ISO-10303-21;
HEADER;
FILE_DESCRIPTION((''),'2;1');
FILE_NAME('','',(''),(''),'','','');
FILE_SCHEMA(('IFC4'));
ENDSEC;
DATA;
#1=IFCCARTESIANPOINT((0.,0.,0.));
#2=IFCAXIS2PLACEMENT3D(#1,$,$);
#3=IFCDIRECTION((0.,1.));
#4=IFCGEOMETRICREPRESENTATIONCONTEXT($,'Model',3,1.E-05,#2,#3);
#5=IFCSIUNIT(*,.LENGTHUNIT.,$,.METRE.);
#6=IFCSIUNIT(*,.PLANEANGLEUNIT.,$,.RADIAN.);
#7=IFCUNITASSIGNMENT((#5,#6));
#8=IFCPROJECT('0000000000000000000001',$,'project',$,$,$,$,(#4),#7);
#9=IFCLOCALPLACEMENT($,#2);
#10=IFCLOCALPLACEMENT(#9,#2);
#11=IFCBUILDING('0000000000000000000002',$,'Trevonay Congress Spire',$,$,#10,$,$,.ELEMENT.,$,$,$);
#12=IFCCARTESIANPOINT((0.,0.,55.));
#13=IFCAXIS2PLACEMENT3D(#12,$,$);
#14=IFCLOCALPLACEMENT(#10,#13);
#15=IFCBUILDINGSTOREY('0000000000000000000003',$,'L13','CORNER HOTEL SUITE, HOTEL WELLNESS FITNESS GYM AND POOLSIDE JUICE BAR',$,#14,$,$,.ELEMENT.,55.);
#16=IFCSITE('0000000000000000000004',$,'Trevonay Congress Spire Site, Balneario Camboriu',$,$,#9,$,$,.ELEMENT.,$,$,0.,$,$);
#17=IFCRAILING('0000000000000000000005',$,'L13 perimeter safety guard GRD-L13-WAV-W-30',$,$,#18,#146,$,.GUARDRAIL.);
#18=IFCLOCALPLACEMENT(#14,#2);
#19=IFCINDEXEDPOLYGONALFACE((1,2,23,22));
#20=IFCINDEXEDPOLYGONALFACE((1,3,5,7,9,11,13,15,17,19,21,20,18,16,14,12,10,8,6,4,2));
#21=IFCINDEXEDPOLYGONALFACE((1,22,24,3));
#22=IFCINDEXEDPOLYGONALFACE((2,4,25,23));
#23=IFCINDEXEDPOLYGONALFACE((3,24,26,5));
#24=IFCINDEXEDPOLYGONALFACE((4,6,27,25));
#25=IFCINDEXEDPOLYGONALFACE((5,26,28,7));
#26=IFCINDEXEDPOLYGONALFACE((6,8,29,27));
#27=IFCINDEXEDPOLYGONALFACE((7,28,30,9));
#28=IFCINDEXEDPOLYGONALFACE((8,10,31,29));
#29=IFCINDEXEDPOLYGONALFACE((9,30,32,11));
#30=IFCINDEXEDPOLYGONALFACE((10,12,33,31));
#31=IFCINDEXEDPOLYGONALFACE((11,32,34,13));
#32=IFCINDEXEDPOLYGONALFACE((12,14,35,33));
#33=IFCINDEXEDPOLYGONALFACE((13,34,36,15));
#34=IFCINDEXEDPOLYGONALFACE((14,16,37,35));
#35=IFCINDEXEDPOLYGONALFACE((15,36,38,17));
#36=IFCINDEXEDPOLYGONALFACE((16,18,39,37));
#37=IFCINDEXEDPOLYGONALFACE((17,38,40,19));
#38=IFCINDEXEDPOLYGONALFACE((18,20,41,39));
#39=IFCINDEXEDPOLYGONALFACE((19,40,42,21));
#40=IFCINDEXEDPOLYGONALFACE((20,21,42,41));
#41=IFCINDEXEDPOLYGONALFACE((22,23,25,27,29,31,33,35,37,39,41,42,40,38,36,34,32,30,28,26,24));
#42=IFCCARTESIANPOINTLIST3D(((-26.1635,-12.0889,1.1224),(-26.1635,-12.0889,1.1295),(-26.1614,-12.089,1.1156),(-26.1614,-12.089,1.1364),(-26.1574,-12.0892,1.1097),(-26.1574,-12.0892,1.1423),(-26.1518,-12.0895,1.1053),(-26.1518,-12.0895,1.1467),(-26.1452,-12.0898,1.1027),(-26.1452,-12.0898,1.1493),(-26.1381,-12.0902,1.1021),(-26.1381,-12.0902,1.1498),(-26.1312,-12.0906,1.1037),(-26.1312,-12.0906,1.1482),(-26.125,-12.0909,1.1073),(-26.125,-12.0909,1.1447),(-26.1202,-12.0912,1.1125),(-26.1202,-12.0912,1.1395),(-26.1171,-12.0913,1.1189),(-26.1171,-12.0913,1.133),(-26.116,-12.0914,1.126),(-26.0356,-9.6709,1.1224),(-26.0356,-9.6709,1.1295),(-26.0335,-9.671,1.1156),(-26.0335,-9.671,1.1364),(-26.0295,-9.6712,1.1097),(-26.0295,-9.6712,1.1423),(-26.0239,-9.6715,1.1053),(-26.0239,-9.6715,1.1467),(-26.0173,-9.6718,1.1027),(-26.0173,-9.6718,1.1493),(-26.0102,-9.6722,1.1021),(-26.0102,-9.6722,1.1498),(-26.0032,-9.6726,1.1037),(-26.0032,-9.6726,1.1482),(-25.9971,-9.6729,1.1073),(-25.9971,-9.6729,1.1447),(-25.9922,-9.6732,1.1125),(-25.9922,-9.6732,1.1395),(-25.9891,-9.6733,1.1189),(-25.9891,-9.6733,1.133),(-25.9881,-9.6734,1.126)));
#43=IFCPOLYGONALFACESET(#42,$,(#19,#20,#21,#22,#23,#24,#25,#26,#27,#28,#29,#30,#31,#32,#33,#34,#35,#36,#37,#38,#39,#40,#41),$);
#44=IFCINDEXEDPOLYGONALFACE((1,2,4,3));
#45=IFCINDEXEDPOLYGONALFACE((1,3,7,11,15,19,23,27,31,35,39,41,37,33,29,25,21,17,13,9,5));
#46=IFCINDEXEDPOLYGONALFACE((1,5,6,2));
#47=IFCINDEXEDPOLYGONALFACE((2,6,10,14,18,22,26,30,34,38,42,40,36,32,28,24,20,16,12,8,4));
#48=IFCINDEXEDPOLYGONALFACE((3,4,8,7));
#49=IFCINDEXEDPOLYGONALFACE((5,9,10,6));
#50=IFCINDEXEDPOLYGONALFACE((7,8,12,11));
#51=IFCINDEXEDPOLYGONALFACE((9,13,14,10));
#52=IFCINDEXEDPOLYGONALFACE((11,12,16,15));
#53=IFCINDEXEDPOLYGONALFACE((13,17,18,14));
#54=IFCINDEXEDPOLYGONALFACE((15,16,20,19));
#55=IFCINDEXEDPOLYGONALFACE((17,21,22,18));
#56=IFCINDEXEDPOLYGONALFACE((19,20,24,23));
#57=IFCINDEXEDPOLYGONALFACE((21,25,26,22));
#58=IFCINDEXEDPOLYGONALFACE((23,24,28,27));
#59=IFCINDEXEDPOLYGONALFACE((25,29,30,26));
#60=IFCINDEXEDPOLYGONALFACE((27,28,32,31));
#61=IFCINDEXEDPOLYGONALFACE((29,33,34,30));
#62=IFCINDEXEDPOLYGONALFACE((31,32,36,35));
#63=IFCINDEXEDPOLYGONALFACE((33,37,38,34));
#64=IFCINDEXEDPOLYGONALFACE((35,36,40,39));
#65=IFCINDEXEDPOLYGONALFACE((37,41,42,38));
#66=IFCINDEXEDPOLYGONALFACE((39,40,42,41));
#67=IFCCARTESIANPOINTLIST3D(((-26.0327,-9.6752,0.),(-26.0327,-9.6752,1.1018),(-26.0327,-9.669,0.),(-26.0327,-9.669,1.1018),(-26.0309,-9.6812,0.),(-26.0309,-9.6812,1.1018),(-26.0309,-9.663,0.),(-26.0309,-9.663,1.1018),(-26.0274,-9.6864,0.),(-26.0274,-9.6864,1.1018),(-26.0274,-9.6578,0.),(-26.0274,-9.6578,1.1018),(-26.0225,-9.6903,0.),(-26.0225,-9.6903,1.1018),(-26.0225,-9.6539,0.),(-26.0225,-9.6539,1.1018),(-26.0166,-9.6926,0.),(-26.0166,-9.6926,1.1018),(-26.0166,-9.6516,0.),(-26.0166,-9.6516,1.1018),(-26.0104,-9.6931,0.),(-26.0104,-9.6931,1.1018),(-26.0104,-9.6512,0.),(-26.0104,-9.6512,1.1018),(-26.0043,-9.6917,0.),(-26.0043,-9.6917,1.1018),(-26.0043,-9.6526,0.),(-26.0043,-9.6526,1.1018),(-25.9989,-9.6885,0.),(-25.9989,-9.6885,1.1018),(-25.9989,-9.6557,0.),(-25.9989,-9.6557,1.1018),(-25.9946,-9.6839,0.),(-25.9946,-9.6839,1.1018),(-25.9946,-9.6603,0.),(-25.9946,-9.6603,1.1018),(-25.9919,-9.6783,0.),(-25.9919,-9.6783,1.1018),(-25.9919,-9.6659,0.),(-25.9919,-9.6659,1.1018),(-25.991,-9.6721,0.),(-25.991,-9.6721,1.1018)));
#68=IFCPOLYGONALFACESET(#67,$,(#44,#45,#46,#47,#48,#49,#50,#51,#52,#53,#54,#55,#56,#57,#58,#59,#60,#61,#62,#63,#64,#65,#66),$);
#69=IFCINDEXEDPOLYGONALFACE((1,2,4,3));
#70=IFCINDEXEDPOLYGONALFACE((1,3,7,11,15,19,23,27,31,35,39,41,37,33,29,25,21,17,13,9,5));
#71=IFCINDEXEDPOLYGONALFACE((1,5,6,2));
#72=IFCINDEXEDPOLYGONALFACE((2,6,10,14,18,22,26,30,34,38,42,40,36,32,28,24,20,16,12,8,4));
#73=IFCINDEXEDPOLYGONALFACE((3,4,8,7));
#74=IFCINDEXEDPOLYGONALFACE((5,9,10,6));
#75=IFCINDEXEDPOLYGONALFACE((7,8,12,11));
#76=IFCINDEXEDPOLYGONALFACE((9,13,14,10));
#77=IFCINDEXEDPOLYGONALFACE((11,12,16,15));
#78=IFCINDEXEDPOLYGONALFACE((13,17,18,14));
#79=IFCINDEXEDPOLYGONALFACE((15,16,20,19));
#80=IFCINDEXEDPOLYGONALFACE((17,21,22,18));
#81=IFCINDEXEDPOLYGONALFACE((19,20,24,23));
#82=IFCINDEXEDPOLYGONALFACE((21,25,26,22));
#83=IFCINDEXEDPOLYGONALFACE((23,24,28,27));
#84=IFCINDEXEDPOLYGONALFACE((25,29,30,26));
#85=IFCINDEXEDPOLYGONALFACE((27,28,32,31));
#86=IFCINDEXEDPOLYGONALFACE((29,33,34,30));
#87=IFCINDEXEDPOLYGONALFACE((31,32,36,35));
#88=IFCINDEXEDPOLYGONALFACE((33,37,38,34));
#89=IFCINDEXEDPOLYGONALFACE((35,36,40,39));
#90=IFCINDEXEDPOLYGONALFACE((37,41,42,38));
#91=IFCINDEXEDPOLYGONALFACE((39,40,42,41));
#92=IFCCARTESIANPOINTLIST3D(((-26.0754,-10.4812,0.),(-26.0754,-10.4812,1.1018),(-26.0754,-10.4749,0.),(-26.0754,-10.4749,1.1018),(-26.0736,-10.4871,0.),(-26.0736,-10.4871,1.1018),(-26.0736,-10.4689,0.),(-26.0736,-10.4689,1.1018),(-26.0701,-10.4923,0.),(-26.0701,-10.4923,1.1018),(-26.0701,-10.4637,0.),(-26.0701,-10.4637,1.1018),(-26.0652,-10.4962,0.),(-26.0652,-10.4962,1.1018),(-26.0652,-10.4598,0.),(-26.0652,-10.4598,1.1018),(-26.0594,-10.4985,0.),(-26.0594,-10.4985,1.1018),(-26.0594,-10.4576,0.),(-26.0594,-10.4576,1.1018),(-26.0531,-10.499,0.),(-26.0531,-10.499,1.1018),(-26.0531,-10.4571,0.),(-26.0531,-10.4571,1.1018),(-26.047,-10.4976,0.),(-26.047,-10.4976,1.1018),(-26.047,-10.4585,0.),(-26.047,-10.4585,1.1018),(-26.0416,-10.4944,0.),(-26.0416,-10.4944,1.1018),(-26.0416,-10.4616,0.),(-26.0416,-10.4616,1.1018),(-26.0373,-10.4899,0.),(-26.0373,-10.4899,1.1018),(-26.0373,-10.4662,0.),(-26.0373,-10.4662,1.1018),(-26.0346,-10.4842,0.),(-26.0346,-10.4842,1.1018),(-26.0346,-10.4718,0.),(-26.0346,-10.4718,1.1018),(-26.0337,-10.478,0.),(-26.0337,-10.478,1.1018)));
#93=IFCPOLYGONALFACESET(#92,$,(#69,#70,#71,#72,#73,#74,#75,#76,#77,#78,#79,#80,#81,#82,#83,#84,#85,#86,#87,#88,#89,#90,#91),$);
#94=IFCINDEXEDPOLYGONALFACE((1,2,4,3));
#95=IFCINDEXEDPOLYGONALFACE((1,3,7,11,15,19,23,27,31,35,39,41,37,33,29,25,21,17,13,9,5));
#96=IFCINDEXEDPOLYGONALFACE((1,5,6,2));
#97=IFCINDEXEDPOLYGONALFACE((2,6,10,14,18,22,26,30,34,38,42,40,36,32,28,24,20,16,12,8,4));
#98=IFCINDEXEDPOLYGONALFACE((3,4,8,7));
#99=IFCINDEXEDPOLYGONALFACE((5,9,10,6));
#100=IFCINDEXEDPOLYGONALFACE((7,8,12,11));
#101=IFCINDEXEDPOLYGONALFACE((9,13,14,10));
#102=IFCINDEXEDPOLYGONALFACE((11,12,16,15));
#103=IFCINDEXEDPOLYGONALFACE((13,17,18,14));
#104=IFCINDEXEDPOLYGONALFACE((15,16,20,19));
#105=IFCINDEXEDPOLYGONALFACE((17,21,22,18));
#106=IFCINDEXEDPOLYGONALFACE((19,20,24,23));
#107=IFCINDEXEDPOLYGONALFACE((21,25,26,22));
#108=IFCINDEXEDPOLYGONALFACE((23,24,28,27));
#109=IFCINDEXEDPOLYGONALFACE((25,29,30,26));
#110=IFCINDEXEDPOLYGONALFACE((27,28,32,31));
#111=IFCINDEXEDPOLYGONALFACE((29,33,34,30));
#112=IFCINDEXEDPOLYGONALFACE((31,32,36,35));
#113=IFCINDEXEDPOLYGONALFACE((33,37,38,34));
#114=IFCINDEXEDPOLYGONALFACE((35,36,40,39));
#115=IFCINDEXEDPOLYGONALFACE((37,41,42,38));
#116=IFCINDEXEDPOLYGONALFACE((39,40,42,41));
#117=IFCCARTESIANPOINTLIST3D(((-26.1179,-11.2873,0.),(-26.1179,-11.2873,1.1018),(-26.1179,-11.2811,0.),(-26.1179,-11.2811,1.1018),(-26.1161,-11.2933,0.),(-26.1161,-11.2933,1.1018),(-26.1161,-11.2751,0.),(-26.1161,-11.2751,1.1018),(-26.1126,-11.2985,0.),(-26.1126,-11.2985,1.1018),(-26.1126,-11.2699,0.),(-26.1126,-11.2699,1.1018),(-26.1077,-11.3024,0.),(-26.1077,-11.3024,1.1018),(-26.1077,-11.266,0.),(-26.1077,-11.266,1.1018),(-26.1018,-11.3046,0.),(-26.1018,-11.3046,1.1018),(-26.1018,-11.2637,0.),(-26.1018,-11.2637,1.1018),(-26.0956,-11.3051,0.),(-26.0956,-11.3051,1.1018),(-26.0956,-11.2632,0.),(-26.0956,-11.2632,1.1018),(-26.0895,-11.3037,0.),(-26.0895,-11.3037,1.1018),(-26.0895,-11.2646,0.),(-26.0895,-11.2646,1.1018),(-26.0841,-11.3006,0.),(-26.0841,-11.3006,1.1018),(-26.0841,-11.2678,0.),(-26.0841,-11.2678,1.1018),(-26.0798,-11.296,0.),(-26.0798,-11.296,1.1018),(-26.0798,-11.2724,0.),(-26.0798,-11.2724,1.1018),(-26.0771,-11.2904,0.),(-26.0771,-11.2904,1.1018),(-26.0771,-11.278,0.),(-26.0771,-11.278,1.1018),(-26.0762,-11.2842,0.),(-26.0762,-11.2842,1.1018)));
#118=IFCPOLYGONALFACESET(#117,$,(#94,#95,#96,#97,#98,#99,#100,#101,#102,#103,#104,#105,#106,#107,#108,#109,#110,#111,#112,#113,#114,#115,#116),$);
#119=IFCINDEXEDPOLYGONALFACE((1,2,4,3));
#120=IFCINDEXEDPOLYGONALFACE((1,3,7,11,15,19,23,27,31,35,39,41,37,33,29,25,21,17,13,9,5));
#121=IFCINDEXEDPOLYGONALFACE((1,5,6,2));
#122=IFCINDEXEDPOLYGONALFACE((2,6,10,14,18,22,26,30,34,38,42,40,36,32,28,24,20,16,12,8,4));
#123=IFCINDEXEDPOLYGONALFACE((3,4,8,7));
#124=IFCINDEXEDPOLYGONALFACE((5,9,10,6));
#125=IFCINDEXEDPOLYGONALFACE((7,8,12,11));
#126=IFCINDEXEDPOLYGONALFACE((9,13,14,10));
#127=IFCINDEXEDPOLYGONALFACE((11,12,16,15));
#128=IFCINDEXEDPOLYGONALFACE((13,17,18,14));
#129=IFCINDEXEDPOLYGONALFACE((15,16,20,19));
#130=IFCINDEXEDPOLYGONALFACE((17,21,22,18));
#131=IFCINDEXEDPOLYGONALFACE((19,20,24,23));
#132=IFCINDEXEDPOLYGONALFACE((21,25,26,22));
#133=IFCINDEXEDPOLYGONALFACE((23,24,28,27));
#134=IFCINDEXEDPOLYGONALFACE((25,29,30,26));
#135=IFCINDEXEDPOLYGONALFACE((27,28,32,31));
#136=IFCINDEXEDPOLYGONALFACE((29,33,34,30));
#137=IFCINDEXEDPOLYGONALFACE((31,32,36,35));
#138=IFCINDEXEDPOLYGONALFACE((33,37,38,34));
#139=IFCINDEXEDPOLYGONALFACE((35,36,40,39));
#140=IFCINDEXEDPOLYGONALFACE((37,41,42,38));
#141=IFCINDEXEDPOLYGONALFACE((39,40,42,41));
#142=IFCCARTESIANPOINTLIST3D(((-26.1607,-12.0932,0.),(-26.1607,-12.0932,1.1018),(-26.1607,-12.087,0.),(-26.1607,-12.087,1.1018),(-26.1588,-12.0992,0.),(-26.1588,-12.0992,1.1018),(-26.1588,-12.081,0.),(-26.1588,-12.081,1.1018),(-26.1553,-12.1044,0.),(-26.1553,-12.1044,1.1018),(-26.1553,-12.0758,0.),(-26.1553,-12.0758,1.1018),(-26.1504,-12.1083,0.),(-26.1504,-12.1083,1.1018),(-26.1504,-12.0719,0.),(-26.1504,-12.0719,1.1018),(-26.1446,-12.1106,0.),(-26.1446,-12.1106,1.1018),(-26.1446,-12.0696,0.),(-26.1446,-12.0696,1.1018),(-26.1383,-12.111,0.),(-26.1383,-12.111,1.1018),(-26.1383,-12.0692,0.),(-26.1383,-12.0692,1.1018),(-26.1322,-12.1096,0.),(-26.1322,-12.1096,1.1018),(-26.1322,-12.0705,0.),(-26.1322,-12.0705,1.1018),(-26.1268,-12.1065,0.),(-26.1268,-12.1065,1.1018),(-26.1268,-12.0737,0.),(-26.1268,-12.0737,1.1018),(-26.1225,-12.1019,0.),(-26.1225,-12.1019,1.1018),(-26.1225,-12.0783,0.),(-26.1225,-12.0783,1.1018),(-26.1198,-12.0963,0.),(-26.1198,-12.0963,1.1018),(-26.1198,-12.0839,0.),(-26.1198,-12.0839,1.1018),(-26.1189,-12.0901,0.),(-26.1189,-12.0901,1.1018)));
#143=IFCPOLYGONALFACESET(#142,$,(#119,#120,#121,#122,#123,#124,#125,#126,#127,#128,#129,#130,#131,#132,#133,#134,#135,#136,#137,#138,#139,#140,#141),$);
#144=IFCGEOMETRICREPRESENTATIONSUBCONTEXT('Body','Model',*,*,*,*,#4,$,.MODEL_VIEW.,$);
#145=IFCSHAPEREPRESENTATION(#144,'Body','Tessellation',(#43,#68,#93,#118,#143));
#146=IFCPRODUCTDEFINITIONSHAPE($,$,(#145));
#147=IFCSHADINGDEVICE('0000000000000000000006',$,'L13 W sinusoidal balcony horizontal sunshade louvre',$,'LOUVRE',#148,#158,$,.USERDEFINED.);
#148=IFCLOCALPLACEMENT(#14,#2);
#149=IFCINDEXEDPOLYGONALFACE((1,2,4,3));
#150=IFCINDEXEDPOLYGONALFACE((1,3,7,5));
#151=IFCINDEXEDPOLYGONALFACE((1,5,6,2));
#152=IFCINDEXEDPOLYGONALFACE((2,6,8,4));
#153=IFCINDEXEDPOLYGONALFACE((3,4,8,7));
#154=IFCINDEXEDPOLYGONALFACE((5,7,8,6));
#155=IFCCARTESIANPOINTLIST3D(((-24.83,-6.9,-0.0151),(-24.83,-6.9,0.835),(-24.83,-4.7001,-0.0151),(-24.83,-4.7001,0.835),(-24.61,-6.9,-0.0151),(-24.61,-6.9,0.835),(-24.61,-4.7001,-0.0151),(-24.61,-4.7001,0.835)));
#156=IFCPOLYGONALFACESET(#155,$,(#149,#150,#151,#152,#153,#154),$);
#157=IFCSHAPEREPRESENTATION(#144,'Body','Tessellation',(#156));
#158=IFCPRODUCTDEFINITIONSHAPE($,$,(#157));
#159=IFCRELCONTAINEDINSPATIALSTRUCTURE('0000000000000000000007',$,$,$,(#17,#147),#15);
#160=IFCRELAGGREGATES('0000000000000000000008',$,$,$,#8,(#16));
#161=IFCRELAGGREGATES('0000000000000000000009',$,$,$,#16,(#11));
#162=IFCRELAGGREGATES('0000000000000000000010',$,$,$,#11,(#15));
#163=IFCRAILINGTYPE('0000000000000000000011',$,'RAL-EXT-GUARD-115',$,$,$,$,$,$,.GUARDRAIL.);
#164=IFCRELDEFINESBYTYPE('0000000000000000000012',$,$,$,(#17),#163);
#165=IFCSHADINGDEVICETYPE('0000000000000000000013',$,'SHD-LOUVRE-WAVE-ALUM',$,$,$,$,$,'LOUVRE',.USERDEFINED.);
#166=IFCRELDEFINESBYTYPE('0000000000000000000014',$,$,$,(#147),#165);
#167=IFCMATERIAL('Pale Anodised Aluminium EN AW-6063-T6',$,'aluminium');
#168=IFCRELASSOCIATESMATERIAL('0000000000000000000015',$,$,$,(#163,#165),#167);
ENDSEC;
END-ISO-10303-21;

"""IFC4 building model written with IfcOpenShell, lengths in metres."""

from ifc_helpers import new_model, si_unit, direction, frame, origin, origin_2d, place, context, subcontext, project, spatial, rectangle, circle, extrude, material, type_object, element, save


model = new_model("IFC4")

# Units and contexts
model_context = context("Model", 3, precision=1e-05, world=origin(), true_north=direction((0.0, 1.0)))
body_context = subcontext(model_context, "Body", "Model", "MODEL_VIEW")
ifc_project = project(units=[si_unit("LENGTHUNIT", "METRE"), si_unit("PLANEANGLEUNIT", "RADIAN")], contexts=[model_context])

# Site, building, storey
site_placement = place(None, origin())
site = spatial("IfcSite", under=ifc_project, at=site_placement, Name="Trevonay Congress Spire Site, Balneario Camboriu", CompositionType="ELEMENT", RefElevation=0.0)
building_placement = place(site_placement, origin())
building = spatial("IfcBuilding", under=site, at=building_placement, Name="Trevonay Congress Spire", CompositionType="ELEMENT")
storey_placement = place(building_placement, frame((0.0, 0.0, 55.0)))
storey = spatial("IfcBuildingStorey", under=building, at=storey_placement, Name="L13", Description="CORNER HOTEL SUITE, HOTEL WELLNESS FITNESS GYM AND POOLSIDE JUICE BAR", CompositionType="ELEMENT", Elevation=55.0)

# Shared definitions
ifc_material_1 = material(Name="Pale Anodised Aluminium EN AW-6063-T6", Category="aluminium")

# Railing
railing_type = type_object("IfcRailingType", Name="RAL-EXT-GUARD-115", PredefinedType="GUARDRAIL", material=ifc_material_1)
railing_1_placement = place(storey_placement, frame((-26.012, -9.6721, 0.0)))
element("IfcRailing", 1, at=railing_1_placement, inside=storey, type_object=railing_type, Name="L13 perimeter safety guard GRD-L13-WAV-W-30", PredefinedType="GUARDRAIL", context=body_context, shape_type="SweptSolid", body=[
    extrude(circle(Radius=0.0239, at=origin_2d()), frame((0.0, 0.0, 1.126), z_axis=(-0.052834, -0.998603, 0.0), x_axis=(0.998603, -0.052834, 0.0)), (0.0, 0.0, 1.0), 2.4214),
    extrude(circle(Radius=0.021, at=origin_2d()), origin(), (0.0, 0.0, 1.0), 1.1018),
    extrude(circle(Radius=0.021, at=origin_2d()), frame((-0.0427, -0.8059, 0.0)), (0.0, 0.0, 1.0), 1.1018),
    extrude(circle(Radius=0.021, at=origin_2d()), frame((-0.0852, -1.6121, 0.0)), (0.0, 0.0, 1.0), 1.1018),
    extrude(circle(Radius=0.021, at=origin_2d()), frame((-0.1279, -2.418, 0.0)), (0.0, 0.0, 1.0), 1.1018),
])

# Shading device
shading_device_type = type_object("IfcShadingDeviceType", Name="SHD-LOUVRE-WAVE-ALUM", ElementType="LOUVRE", PredefinedType="USERDEFINED", material=ifc_material_1)
shading_device_placement = place(storey_placement, frame((-24.72, -5.8, -0.0151), z_axis=(0.0, 0.0, 1.0), x_axis=(0.0, 1.0, 0.0)))
element("IfcShadingDevice", 2, at=shading_device_placement, inside=storey, type_object=shading_device_type, Name="L13 W sinusoidal balcony horizontal sunshade louvre", ObjectType="LOUVRE", PredefinedType="USERDEFINED", context=body_context, shape_type="SweptSolid", body=[
    extrude(rectangle(XDim=2.2, YDim=0.22, at=origin_2d()), origin(), (0.0, 0.0, 1.0), 0.8501),
])

save(model, "model.ifc")
